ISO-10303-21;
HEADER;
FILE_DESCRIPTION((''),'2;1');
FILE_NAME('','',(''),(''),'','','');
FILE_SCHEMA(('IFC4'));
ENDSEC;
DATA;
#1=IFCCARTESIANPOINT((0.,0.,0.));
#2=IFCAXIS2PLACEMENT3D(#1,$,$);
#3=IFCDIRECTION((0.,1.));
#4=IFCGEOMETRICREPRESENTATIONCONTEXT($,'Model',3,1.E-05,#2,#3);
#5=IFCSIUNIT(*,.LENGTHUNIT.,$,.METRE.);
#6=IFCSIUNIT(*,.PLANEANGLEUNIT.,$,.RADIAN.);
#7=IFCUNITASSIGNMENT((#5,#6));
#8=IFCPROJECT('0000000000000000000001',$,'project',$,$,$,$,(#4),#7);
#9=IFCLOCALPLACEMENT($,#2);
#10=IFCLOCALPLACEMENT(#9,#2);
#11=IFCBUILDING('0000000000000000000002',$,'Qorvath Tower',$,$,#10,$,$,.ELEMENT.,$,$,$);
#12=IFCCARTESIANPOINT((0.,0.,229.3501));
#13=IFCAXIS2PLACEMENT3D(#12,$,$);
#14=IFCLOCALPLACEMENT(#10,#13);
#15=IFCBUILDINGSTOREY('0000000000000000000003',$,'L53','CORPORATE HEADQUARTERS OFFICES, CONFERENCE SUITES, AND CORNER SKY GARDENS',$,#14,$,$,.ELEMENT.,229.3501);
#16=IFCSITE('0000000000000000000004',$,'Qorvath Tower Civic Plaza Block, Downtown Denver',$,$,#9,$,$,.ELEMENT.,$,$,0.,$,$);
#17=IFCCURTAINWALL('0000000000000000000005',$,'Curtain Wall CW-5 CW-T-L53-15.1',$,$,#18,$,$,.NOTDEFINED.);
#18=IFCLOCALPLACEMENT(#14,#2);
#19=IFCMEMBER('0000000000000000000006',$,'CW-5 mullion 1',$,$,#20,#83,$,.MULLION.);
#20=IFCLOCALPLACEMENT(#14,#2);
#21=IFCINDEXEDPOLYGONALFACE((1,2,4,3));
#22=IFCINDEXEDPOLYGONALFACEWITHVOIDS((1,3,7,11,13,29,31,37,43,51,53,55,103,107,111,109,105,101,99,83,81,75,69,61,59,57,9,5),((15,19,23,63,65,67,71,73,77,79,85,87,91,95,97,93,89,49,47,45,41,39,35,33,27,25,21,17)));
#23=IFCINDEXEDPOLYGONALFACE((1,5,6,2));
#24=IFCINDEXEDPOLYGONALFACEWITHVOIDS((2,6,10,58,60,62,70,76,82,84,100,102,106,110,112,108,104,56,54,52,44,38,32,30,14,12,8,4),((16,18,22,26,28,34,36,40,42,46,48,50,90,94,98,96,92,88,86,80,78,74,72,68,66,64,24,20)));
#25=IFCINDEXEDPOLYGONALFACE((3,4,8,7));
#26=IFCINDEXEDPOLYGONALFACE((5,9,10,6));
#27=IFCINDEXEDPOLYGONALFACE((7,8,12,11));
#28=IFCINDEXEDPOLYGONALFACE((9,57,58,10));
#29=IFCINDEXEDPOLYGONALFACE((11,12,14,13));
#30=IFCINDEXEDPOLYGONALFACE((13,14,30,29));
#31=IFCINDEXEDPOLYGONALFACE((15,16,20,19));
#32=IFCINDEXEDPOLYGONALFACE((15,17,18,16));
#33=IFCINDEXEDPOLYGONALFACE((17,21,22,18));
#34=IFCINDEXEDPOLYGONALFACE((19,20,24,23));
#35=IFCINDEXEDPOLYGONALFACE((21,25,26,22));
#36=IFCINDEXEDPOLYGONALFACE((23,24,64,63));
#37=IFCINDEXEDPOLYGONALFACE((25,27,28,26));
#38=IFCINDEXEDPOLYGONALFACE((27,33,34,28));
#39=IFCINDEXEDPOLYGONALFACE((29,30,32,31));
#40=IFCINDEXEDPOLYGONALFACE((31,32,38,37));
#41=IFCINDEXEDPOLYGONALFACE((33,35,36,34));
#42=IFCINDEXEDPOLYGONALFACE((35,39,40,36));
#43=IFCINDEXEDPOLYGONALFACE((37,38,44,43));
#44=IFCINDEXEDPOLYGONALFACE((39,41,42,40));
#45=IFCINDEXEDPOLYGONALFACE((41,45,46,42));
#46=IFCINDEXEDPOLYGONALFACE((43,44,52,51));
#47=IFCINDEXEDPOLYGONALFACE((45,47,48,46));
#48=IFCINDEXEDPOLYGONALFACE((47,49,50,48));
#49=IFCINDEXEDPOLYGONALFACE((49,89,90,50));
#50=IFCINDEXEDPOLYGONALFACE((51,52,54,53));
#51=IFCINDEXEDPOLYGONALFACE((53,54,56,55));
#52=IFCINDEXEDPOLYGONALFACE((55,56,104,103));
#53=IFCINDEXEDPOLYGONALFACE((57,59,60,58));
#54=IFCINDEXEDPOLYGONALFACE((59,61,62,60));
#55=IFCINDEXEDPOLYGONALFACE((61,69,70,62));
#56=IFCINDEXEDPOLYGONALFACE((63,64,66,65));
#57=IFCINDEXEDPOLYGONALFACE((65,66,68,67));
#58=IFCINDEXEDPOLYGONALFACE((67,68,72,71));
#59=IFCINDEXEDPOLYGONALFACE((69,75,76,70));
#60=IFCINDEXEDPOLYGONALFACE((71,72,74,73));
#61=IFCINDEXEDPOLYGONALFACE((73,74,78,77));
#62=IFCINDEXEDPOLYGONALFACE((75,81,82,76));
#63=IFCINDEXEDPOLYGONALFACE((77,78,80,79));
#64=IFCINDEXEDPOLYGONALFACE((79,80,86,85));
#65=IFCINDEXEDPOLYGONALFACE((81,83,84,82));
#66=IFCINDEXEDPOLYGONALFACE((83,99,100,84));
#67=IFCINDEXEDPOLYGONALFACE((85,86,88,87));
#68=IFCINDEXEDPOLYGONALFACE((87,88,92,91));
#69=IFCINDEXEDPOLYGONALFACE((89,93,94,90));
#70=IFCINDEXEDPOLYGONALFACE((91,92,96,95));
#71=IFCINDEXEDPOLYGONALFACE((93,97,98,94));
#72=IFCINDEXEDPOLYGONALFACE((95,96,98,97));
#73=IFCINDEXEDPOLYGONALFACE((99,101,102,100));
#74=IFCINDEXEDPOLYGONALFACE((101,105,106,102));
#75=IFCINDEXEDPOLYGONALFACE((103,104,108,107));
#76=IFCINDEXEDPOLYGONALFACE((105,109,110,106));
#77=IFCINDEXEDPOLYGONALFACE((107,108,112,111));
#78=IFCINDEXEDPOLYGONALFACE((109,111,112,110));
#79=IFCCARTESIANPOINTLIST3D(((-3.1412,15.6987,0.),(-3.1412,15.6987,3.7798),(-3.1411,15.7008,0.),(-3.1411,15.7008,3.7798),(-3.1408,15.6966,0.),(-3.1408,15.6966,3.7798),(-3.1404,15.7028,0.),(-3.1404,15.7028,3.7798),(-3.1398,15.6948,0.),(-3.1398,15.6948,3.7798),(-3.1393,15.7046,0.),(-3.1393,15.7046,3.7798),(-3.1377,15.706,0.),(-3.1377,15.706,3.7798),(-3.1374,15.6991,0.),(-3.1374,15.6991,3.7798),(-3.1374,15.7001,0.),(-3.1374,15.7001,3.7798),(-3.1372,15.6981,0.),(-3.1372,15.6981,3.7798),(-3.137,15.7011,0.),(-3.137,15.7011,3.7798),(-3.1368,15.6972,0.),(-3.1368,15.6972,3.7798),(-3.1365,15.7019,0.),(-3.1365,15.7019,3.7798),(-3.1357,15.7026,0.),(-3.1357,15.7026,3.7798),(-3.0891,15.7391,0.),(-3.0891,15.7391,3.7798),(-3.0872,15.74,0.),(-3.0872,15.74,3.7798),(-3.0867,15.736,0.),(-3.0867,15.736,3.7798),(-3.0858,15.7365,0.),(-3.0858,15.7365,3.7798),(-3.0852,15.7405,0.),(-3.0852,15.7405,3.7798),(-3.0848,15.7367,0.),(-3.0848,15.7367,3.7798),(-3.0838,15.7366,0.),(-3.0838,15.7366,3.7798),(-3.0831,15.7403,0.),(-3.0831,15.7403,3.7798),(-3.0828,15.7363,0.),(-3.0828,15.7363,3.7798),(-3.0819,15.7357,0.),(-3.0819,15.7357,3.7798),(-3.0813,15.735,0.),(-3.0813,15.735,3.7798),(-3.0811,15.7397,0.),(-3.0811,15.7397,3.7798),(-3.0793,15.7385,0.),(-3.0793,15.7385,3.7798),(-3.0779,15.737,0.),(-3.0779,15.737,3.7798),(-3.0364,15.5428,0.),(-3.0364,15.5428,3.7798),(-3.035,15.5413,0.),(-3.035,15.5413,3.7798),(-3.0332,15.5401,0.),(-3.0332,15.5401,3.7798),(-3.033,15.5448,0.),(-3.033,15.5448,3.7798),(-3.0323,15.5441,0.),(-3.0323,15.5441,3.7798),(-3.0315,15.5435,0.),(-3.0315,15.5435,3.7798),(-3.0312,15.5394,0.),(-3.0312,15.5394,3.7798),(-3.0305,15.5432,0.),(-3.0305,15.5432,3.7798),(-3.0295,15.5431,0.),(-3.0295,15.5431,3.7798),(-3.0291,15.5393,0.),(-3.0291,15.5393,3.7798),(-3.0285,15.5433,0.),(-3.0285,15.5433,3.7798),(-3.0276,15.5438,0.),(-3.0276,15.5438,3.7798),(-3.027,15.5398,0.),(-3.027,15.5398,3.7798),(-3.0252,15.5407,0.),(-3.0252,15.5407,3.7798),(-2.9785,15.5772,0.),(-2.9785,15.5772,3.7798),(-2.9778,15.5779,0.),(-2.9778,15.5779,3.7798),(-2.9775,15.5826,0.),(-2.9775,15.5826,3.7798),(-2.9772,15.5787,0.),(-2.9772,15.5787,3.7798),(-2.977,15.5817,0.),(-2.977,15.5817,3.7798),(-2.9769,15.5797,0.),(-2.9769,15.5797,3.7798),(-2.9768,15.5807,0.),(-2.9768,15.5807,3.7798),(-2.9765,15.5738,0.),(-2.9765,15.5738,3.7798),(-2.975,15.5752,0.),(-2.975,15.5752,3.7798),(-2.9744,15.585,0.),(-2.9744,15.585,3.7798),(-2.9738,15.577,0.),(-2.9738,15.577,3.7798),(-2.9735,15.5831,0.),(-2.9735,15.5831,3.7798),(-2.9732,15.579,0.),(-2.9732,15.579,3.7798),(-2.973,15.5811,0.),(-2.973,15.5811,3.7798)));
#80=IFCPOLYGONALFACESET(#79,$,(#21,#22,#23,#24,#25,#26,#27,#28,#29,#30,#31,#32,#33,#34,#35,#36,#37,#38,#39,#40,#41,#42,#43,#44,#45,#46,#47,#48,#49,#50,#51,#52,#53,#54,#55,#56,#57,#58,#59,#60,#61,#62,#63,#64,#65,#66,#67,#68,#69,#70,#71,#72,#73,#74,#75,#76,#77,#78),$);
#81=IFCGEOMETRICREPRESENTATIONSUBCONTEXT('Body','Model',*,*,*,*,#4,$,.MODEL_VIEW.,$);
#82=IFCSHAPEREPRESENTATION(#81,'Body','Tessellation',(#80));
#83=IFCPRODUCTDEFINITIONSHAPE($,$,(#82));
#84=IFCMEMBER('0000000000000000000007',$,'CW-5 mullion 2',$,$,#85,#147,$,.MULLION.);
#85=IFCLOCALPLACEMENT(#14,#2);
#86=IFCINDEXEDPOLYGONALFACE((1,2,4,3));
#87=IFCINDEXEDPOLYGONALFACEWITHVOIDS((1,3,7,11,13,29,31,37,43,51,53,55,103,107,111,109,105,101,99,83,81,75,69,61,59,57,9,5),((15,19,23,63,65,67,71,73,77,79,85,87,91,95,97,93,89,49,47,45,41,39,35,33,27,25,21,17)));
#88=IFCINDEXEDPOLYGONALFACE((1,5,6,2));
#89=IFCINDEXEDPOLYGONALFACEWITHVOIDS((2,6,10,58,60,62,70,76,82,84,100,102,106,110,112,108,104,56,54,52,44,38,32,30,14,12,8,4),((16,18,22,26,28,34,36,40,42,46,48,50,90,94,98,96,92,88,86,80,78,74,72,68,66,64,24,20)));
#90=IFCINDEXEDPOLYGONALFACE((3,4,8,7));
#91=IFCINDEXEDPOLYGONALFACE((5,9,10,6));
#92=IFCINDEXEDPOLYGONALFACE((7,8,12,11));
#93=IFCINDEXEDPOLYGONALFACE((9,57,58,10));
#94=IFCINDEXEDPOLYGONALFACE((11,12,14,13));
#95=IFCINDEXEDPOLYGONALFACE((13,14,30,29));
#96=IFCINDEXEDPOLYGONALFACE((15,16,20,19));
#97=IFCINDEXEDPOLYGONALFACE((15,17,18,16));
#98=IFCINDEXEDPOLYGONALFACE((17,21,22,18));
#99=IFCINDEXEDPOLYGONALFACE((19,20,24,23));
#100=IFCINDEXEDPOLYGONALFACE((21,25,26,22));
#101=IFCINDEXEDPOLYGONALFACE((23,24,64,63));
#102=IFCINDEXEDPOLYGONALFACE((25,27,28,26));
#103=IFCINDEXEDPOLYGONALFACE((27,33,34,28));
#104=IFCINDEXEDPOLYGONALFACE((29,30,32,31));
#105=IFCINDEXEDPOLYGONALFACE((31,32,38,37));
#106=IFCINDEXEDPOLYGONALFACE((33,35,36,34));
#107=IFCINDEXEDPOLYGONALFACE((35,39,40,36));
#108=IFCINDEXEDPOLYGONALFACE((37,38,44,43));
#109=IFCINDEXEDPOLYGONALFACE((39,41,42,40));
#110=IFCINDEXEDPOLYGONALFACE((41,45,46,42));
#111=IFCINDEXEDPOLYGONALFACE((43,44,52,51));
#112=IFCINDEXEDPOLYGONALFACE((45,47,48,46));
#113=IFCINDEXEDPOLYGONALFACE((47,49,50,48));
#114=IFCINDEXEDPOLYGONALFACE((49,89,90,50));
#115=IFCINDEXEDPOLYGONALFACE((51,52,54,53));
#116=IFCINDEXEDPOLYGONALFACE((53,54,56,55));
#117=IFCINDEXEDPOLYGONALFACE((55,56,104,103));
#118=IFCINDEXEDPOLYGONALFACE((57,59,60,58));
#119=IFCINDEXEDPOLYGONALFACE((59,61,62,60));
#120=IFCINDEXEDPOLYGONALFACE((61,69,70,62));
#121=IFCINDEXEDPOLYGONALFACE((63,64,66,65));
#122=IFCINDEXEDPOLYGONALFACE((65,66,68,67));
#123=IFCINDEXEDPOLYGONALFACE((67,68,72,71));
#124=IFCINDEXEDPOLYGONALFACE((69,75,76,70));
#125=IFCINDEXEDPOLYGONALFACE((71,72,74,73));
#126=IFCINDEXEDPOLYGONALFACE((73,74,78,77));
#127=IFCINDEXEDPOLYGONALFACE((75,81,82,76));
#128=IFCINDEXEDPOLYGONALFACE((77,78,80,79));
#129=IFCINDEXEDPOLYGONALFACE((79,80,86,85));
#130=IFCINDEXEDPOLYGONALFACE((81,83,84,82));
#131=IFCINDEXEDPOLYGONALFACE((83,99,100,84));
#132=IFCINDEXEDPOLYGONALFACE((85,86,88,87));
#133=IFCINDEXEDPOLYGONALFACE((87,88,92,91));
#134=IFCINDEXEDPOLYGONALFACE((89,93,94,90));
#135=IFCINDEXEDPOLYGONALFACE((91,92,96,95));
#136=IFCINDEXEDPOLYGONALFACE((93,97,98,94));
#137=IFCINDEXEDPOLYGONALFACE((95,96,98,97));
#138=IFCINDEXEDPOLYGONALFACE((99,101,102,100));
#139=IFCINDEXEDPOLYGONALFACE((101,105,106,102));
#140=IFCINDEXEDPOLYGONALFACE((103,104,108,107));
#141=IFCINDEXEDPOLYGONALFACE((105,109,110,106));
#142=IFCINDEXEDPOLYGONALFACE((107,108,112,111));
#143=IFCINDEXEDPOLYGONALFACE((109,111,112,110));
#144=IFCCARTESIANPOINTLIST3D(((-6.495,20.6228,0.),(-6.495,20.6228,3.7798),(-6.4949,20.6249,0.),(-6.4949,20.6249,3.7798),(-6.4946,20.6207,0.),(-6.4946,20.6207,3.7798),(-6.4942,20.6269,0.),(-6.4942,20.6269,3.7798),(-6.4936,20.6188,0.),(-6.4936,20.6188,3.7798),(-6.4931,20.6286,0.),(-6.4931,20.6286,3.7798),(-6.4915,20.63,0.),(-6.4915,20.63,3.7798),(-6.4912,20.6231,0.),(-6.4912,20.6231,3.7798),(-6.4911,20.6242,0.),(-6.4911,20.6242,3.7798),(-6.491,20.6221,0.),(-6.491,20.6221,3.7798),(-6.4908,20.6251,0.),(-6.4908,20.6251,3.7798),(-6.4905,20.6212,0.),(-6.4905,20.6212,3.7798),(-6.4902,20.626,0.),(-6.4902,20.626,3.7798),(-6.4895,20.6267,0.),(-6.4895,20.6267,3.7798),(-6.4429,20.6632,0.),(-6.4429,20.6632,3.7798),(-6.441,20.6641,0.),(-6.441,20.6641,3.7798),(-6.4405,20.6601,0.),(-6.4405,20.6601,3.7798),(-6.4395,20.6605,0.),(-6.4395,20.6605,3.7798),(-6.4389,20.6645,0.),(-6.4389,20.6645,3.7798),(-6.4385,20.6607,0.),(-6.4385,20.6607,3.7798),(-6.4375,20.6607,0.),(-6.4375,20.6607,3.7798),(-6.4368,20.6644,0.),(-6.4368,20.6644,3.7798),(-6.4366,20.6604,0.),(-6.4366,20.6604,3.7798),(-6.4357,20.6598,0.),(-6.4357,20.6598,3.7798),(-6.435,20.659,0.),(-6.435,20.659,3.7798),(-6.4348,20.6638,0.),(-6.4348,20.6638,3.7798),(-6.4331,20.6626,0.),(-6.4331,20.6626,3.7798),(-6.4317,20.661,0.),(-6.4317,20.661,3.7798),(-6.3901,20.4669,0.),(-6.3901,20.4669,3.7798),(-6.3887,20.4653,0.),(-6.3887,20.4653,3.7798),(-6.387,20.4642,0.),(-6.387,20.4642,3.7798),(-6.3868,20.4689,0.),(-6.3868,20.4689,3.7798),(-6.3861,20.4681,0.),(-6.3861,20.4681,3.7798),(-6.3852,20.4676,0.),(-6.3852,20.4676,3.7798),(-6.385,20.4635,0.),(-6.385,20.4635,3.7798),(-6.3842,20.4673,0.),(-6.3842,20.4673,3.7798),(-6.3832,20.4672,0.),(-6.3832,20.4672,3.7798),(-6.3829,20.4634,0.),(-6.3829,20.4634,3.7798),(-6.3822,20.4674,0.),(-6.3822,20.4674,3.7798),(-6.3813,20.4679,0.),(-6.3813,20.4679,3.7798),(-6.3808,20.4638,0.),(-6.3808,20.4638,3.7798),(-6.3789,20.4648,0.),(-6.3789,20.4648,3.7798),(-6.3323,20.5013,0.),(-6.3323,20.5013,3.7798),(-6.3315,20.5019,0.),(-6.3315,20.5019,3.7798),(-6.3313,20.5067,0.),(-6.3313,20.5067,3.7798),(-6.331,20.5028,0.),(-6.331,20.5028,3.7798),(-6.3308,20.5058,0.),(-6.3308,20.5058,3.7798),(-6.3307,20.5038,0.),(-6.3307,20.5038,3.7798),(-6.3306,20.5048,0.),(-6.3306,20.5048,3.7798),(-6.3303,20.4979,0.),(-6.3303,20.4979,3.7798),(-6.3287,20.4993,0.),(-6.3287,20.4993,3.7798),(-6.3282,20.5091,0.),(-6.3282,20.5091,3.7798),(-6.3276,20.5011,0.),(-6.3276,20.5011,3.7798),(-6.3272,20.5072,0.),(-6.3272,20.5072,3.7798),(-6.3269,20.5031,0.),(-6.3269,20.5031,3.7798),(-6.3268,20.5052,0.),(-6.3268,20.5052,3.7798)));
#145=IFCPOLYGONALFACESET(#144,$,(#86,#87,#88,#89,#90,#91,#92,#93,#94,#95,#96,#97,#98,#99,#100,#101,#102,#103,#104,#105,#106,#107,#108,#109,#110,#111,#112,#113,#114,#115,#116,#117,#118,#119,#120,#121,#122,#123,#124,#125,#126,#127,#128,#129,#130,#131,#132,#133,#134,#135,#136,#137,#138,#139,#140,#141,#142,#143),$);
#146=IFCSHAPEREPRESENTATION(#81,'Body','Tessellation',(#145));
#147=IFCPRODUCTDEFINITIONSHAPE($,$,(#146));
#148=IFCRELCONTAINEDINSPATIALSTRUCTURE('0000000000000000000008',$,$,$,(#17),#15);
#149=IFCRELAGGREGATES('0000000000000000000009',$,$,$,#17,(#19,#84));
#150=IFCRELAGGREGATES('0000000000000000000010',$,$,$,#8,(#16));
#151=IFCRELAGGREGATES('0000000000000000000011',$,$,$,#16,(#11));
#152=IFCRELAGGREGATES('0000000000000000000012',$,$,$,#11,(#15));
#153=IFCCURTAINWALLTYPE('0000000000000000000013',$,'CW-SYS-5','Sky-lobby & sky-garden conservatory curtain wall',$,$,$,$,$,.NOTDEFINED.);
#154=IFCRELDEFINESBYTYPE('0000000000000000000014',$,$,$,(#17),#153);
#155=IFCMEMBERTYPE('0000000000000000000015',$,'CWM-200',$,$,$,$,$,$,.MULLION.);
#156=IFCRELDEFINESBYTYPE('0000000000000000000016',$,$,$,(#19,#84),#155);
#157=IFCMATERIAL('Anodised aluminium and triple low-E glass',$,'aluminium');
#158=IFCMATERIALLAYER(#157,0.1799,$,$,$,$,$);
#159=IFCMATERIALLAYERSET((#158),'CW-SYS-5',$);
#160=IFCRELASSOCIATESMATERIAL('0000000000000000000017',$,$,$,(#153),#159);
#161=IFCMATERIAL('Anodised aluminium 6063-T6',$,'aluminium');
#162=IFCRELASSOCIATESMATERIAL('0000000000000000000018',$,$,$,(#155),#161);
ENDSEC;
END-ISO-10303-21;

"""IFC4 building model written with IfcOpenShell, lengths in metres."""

from ifc_helpers import new_model, si_unit, direction, frame, origin, origin_2d, place, context, subcontext, project, spatial, hollow_rectangle, extrude, material, layer, layer_set, material_profile, profile_set, type_object, element, aggregate, save


model = new_model("IFC4")

# Units and contexts
model_context = context("Model", 3, precision=1e-05, world=origin(), true_north=direction((0.0, 1.0)))
body_context = subcontext(model_context, "Body", "Model", "MODEL_VIEW")
ifc_project = project(units=[si_unit("LENGTHUNIT", "METRE"), si_unit("PLANEANGLEUNIT", "RADIAN")], contexts=[model_context])

# Site, building, storey
site_placement = place(None, origin())
site = spatial("IfcSite", under=ifc_project, at=site_placement, Name="Qorvath Tower Civic Plaza Block, Downtown Denver", CompositionType="ELEMENT", RefElevation=0.0)
building_placement = place(site_placement, origin())
building = spatial("IfcBuilding", under=site, at=building_placement, Name="Qorvath Tower", CompositionType="ELEMENT")
storey_placement = place(building_placement, frame((0.0, 0.0, 229.3501)))
storey = spatial("IfcBuildingStorey", under=building, at=storey_placement, Name="L53", Description="CORPORATE HEADQUARTERS OFFICES, CONFERENCE SUITES, AND CORNER SKY GARDENS", CompositionType="ELEMENT", Elevation=229.3501)

# Shared definitions
ifc_material_1 = material(Name="Anodised aluminium and triple low-E glass", Category="aluminium")
ifc_layer_1 = layer(ifc_material_1, 0.1799)
ifc_layer_set_1 = layer_set([ifc_layer_1], Name="CW-SYS-5")
curtain_wall_type = type_object("IfcCurtainWallType", Name="CW-SYS-5", Description="Sky-lobby & sky-garden conservatory curtain wall", PredefinedType="NOTDEFINED", material=ifc_layer_set_1)
ifc_material_2 = material(Name="Anodised aluminium 6063-T6", Category="aluminium")
ifc_material_profile_1 = material_profile(ifc_material_2, hollow_rectangle(XDim=0.075, YDim=0.2, WallThickness=0.0039, InnerFilletRadius=0.0039, OuterFilletRadius=0.0081, at=origin_2d()), Name="CWM 200x75")
ifc_profile_set_1 = profile_set([ifc_material_profile_1], Name="Anodised aluminium 6063-T6")
member_type_1 = type_object("IfcMemberType", Name="CWM-200", PredefinedType="MULLION", material=ifc_profile_set_1)

# Curtain wall, members
curtain_wall_1_placement = place(storey_placement, origin())
curtain_wall_1 = element("IfcCurtainWall", 1, at=curtain_wall_1_placement, inside=storey, type_object=curtain_wall_type, Name="Curtain Wall CW-5 CW-T-L53-15.1", PredefinedType="NOTDEFINED")
member_1_placement = place(storey_placement, frame((-3.0571, 15.6399, 0.0), z_axis=(0.0, 0.0, 1.0), x_axis=(-0.826491, -0.56295, 0.0)))
member_1 = element("IfcMember", 2, at=member_1_placement, type_object=member_type_1, Name="CW-5 mullion 1", PredefinedType="MULLION", context=body_context, shape_type="SweptSolid", body=[
    extrude(hollow_rectangle(XDim=0.075, YDim=0.2, WallThickness=0.0039, InnerFilletRadius=0.0039, OuterFilletRadius=0.0081, at=origin_2d()), origin(), (0.0, 0.0, 1.0), 3.7798),
])
member_2_placement = place(storey_placement, frame((-6.4109, 20.564, 0.0), z_axis=(0.0, 0.0, 1.0), x_axis=(-0.826491, -0.56295, 0.0)))
member_2 = element("IfcMember", 3, at=member_2_placement, type_object=member_type_1, Name="CW-5 mullion 2", PredefinedType="MULLION", context=body_context, shape_type="SweptSolid", body=[
    extrude(hollow_rectangle(XDim=0.075, YDim=0.2, WallThickness=0.0039, InnerFilletRadius=0.0039, OuterFilletRadius=0.0081, at=origin_2d()), origin(), (0.0, 0.0, 1.0), 3.7798),
])

aggregate(curtain_wall_1, [member_1, member_2])

save(model, "model.ifc")
